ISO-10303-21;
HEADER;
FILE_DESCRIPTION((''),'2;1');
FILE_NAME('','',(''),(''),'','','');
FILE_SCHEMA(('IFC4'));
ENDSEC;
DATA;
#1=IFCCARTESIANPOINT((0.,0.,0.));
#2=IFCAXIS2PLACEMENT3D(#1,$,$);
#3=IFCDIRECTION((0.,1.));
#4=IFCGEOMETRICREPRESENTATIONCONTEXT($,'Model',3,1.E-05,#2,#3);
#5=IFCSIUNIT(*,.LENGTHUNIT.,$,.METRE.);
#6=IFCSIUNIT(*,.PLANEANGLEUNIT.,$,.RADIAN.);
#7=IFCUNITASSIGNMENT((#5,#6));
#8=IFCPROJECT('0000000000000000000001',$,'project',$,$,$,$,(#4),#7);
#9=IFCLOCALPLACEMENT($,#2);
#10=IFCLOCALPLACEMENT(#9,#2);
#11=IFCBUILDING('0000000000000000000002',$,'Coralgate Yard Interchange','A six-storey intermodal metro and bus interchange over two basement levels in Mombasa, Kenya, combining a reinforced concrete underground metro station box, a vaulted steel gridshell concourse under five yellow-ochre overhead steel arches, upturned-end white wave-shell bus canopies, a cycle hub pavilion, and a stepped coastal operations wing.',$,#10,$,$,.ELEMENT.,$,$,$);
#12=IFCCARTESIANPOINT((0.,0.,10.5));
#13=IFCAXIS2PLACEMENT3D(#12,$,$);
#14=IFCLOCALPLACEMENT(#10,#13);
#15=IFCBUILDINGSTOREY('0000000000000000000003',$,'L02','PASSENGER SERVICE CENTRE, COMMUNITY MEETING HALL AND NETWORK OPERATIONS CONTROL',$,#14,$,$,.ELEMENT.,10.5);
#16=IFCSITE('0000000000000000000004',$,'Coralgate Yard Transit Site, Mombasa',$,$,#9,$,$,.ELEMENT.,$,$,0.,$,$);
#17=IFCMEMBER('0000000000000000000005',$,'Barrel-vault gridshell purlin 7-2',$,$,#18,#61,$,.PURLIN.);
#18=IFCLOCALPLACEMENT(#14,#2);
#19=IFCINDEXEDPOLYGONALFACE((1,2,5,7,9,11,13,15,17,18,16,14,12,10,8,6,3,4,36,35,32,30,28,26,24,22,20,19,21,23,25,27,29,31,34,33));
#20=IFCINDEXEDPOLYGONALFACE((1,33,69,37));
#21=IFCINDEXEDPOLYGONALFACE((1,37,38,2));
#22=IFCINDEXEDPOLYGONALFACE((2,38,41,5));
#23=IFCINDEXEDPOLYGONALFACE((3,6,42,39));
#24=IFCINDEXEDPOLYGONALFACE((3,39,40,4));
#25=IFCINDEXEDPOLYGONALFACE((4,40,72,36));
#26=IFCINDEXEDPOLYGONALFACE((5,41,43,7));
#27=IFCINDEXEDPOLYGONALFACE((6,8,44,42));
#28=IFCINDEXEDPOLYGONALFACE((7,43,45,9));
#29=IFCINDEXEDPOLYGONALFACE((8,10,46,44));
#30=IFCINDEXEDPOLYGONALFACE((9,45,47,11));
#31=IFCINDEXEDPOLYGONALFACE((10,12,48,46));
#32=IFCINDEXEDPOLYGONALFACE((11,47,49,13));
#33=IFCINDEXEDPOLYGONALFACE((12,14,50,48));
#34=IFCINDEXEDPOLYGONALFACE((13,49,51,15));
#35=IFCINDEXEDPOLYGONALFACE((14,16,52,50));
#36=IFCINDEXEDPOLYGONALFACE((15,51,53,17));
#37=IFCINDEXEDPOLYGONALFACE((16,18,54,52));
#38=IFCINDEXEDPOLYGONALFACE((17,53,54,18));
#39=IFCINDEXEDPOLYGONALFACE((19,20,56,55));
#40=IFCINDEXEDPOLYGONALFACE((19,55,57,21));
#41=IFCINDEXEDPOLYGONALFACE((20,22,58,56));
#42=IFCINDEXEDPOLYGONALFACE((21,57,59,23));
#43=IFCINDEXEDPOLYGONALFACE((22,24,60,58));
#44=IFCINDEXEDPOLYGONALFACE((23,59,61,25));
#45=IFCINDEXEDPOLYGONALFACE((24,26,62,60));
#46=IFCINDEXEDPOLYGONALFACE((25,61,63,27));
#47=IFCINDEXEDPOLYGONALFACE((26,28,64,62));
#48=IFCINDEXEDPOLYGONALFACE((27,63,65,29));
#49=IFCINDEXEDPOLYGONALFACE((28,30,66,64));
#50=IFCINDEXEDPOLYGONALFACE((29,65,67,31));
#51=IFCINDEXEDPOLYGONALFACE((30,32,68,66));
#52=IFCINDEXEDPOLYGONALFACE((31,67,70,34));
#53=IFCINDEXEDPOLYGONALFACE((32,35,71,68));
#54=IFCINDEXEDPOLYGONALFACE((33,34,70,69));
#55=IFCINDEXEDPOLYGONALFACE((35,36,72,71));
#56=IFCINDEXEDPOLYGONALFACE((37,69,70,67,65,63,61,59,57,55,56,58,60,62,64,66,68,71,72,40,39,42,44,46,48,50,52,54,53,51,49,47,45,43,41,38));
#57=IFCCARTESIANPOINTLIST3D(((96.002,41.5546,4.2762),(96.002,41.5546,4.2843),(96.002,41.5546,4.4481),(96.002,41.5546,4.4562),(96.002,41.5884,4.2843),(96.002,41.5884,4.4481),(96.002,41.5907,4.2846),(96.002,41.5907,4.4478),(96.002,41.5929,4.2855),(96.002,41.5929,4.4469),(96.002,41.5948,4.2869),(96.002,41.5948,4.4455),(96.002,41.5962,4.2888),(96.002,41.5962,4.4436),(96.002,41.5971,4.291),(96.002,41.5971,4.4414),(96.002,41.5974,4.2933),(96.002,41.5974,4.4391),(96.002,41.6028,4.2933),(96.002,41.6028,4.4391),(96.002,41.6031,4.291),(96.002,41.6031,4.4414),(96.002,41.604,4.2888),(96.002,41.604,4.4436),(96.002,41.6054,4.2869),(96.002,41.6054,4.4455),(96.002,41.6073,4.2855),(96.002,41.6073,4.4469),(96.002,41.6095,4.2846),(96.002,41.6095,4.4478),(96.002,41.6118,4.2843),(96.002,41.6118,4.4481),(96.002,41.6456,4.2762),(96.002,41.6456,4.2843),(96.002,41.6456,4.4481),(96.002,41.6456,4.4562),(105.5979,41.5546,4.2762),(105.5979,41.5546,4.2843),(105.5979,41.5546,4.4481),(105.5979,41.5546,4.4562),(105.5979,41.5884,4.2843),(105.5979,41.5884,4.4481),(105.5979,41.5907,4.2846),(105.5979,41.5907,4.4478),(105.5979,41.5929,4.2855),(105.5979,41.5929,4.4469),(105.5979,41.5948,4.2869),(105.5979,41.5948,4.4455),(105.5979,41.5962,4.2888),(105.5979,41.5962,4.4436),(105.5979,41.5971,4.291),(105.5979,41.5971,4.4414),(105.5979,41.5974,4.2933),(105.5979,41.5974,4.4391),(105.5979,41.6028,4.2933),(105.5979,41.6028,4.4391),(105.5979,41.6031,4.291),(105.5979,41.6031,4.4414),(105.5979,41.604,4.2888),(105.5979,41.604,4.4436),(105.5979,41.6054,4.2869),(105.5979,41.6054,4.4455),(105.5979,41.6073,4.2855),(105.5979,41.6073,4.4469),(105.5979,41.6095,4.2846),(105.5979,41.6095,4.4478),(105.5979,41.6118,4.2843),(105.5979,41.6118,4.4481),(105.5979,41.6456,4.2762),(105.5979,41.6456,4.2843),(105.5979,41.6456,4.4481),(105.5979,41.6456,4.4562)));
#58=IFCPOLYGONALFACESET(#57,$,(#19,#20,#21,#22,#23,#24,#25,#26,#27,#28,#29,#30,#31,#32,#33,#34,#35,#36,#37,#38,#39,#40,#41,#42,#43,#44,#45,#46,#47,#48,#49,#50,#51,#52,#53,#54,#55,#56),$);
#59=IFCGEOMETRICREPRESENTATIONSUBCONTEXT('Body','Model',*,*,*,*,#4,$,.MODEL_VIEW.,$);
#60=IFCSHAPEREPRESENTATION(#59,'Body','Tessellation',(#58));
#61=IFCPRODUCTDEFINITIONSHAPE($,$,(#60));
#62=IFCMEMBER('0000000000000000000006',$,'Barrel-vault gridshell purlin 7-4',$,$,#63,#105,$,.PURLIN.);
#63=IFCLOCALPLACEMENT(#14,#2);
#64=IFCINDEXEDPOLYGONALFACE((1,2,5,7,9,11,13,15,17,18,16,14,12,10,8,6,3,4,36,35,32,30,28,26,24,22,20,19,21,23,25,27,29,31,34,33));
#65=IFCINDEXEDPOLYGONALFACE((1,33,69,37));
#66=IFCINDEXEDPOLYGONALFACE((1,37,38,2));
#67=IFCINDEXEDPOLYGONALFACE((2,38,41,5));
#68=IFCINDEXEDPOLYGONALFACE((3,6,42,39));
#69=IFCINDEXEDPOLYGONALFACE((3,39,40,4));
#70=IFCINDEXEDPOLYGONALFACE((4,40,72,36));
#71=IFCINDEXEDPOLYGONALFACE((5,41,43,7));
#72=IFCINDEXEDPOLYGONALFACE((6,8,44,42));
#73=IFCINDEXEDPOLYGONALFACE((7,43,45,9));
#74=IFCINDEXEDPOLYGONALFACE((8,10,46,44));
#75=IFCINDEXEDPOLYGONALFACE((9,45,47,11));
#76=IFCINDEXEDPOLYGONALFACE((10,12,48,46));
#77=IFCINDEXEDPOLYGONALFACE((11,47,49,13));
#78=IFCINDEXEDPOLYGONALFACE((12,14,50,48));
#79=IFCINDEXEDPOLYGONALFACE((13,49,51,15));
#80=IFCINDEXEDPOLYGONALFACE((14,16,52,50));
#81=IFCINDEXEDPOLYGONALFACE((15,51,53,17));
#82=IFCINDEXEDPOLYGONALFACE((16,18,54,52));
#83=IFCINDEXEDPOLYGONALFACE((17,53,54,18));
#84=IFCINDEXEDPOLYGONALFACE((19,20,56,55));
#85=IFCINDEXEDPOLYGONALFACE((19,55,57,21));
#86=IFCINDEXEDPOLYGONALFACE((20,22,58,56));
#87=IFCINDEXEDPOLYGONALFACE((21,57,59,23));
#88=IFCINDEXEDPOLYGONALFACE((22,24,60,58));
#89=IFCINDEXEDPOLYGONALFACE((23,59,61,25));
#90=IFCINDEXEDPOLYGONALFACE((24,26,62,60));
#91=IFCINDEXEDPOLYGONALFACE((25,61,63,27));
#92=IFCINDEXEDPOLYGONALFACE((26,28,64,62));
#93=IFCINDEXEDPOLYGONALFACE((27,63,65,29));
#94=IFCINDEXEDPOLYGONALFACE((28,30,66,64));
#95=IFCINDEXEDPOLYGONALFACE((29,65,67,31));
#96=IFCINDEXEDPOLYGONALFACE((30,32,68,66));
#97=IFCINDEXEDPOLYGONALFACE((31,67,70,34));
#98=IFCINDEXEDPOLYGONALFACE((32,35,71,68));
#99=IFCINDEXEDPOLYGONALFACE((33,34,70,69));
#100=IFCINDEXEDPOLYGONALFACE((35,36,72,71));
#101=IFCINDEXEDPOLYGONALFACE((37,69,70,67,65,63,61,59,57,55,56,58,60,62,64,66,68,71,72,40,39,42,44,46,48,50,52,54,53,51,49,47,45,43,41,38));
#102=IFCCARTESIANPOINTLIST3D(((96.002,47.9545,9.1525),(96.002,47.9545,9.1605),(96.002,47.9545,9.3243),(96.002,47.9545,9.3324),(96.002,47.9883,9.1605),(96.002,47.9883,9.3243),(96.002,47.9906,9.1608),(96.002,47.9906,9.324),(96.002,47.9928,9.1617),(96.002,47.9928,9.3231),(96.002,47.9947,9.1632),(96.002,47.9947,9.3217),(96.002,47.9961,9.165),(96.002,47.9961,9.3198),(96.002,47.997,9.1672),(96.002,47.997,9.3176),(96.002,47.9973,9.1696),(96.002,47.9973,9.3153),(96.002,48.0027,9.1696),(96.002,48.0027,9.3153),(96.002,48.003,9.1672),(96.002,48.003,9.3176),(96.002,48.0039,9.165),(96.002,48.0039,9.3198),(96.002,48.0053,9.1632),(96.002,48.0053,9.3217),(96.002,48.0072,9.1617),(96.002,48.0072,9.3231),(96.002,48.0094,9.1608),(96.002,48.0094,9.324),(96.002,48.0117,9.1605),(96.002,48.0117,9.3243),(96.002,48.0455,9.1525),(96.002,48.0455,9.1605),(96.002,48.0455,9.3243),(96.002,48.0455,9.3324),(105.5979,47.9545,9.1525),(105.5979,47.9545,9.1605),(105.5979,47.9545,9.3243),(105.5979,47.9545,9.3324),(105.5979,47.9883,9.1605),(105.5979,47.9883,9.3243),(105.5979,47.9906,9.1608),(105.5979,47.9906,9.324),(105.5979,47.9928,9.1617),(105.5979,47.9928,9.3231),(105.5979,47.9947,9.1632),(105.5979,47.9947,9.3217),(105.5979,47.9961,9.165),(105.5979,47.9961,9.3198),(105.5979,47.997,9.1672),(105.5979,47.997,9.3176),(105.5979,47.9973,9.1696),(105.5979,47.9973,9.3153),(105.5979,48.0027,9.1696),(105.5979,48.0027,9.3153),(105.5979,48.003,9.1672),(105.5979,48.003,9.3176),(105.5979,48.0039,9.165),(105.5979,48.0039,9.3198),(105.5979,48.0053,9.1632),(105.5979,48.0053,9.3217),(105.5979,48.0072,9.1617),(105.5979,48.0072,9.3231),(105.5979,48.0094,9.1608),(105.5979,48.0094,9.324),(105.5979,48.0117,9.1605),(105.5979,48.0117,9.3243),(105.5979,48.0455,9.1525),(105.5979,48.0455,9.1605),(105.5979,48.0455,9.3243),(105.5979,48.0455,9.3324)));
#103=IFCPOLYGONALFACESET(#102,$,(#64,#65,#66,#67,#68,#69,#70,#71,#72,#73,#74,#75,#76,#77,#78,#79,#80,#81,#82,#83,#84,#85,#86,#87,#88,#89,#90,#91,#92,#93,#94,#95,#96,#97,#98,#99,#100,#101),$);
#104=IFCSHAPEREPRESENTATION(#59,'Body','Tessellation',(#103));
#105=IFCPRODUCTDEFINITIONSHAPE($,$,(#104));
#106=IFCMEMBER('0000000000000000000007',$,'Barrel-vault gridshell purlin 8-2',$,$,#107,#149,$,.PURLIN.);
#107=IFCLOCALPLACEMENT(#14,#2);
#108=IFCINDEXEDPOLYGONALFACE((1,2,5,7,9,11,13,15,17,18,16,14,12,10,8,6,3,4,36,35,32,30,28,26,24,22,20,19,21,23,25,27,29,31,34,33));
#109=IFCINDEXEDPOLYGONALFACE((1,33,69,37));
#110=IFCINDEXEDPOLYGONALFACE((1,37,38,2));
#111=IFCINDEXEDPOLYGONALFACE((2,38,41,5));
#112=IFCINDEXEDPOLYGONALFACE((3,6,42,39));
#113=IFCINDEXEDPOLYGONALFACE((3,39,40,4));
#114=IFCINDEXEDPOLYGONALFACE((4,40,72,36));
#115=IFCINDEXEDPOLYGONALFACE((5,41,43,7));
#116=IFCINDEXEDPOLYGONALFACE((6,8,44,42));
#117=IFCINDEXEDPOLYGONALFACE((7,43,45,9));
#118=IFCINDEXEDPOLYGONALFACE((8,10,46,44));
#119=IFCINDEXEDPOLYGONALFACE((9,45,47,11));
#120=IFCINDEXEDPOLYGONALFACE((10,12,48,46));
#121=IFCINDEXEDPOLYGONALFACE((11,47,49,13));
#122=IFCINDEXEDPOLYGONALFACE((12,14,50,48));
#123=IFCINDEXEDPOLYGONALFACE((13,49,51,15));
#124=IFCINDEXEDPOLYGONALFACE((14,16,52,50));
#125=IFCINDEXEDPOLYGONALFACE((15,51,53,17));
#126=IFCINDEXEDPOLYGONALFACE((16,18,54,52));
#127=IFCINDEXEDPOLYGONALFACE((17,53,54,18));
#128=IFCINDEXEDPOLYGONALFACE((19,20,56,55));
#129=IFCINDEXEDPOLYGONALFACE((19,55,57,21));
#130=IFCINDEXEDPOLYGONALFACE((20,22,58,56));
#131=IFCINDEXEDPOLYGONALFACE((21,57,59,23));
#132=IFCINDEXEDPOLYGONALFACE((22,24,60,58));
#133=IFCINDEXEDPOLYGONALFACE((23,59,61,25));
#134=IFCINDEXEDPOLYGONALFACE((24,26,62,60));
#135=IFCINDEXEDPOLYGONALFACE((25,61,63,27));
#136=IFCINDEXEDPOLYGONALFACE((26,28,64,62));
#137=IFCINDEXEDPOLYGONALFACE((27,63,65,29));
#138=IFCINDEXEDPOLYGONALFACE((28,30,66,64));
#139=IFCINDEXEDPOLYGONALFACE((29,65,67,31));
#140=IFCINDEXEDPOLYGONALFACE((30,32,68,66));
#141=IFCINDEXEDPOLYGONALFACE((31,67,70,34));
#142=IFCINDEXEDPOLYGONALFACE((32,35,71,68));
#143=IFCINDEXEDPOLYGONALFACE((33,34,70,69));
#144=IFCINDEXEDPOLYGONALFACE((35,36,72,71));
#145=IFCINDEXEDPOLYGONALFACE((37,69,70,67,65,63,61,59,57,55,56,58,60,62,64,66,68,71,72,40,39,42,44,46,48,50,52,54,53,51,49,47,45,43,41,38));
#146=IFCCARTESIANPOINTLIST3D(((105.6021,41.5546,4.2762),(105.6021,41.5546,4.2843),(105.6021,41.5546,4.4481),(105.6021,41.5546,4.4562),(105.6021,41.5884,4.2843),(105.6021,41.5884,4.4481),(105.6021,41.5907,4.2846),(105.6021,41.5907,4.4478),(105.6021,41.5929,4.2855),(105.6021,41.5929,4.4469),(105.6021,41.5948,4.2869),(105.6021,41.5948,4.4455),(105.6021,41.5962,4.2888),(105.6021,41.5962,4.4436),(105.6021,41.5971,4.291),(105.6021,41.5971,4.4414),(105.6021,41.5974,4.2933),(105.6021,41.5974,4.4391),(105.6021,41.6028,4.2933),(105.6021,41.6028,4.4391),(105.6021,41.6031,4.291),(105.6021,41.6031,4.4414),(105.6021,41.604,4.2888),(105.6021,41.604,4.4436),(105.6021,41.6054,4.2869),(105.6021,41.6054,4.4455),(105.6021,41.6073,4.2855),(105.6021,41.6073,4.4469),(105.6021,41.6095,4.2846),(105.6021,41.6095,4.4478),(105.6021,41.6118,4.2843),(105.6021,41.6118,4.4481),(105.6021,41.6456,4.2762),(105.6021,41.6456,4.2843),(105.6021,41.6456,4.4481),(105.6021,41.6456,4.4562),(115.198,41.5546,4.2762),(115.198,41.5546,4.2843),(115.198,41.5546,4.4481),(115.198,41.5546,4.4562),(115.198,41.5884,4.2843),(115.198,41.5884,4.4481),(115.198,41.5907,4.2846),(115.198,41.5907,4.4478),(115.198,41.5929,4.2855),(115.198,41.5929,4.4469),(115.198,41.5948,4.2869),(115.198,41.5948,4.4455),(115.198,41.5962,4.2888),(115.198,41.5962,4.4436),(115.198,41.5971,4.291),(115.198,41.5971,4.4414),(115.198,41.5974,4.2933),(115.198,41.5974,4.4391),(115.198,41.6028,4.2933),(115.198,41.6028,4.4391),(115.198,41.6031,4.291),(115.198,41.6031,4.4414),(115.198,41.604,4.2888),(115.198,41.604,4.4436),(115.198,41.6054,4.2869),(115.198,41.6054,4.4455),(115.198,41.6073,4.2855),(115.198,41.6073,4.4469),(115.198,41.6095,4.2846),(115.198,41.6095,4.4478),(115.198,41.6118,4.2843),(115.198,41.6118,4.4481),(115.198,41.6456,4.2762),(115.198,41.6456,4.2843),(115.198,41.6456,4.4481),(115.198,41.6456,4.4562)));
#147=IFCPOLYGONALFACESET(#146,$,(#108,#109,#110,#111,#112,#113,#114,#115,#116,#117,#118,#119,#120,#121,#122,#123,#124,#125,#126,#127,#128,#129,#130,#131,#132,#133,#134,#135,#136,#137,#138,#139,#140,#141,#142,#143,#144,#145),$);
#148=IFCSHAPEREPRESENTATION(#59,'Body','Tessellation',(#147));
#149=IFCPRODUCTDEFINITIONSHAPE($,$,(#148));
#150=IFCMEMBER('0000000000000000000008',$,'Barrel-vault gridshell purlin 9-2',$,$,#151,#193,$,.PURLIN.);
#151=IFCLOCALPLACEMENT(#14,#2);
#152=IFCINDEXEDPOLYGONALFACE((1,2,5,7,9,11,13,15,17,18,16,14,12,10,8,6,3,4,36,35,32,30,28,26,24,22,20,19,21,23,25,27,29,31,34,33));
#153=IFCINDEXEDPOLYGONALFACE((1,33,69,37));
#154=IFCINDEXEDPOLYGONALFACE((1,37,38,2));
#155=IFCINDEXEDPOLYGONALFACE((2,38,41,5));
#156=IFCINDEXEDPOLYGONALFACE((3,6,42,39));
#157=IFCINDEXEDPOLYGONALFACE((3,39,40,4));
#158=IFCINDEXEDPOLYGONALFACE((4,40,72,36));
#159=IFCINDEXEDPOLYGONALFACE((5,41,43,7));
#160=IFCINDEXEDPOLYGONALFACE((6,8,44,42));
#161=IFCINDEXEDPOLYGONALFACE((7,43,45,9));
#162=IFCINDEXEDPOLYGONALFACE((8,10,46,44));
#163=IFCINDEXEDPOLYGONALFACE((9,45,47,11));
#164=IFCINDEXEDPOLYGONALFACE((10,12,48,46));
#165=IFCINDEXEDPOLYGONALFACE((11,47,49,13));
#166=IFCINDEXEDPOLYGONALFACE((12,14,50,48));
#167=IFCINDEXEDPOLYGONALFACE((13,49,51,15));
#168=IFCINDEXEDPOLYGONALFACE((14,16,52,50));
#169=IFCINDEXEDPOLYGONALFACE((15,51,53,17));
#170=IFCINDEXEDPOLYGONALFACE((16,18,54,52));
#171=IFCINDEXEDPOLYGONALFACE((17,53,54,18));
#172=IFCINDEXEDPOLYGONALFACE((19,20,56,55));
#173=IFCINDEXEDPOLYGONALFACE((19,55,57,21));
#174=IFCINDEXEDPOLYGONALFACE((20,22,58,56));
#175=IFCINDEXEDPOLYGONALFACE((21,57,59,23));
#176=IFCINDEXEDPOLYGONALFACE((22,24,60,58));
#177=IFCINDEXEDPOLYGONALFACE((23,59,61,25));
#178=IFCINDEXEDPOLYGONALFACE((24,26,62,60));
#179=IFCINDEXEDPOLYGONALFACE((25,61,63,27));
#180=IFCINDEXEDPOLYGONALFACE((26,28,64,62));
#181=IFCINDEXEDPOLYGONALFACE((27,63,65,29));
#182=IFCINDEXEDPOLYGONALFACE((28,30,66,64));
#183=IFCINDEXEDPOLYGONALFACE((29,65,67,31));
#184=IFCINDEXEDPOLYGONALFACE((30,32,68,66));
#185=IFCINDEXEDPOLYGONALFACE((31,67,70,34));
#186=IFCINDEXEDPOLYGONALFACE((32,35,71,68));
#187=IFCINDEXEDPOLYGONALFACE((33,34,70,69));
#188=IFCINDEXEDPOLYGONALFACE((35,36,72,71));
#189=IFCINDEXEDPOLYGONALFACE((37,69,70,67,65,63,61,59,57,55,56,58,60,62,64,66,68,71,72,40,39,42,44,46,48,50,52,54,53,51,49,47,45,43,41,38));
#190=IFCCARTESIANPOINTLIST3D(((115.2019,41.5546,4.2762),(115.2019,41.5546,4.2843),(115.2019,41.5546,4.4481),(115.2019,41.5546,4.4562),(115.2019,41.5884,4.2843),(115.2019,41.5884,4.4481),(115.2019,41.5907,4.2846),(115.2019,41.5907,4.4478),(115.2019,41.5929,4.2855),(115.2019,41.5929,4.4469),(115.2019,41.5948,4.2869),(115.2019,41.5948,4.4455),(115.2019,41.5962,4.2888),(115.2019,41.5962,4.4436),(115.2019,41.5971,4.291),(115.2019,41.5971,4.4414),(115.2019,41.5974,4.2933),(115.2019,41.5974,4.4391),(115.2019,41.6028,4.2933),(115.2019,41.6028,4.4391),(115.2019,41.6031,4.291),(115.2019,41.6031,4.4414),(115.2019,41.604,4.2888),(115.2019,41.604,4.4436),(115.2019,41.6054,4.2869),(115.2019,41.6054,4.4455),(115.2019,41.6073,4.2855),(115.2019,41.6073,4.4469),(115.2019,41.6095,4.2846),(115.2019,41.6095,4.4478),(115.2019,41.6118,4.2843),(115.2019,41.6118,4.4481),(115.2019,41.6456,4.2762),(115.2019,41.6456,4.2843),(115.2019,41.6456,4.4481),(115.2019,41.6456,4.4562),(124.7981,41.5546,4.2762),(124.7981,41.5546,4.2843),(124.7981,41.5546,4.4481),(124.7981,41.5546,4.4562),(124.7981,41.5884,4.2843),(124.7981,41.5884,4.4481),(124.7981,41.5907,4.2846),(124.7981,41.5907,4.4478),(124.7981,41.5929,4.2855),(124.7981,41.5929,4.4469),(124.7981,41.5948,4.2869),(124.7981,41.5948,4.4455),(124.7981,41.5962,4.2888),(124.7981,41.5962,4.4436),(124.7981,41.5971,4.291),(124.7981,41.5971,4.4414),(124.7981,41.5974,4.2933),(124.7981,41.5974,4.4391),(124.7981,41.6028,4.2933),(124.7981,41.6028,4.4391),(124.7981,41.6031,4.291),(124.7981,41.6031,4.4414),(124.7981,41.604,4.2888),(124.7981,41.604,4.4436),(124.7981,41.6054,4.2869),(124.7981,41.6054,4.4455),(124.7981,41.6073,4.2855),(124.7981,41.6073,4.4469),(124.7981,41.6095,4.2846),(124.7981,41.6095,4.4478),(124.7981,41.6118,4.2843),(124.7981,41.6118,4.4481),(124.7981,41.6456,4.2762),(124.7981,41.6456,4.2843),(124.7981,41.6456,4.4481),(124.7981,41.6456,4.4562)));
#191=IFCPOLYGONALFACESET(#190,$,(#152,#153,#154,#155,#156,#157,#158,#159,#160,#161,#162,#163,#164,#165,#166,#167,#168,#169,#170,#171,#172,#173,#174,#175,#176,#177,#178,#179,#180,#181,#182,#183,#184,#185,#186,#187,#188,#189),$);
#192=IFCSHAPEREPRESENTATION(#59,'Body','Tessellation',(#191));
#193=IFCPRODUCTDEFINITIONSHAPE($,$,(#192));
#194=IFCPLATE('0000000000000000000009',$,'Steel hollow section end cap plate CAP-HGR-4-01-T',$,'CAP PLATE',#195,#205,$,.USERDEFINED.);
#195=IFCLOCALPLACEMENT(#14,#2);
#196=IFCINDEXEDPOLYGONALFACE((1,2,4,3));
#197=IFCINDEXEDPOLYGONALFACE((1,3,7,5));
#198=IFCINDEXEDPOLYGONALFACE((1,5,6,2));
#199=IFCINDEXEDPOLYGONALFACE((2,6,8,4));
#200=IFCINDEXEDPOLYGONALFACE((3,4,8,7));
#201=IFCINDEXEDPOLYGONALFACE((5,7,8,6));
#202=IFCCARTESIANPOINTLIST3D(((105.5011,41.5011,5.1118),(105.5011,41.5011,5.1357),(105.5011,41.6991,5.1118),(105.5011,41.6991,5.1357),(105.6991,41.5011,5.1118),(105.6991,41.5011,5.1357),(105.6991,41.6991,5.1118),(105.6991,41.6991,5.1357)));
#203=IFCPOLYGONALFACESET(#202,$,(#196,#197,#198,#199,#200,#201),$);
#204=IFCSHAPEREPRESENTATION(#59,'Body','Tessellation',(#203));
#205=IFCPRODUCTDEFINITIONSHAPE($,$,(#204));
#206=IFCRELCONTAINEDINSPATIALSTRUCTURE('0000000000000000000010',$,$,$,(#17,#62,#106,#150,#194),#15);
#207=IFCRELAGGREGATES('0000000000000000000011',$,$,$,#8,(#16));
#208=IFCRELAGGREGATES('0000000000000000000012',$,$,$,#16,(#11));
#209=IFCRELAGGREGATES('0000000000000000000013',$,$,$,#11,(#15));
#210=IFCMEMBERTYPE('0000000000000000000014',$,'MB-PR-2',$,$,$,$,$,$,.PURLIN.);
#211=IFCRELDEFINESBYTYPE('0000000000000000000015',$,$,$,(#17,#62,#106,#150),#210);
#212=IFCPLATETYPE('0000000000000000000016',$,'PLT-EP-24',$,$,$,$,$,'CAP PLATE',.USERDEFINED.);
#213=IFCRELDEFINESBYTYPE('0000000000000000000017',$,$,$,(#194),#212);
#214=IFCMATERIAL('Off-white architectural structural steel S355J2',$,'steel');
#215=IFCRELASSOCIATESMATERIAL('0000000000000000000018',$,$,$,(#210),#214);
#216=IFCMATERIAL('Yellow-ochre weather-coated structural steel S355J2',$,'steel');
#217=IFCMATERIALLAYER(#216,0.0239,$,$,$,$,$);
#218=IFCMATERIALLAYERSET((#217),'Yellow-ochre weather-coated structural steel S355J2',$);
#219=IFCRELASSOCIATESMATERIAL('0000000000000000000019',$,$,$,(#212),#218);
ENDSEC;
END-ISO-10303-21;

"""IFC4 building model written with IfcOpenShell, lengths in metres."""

from ifc_helpers import new_model, si_unit, direction, frame, origin, origin_2d, place, context, subcontext, project, spatial, rectangle, i_section, extrude, material, layer, layer_set, material_profile, profile_set, type_object, element, save


model = new_model("IFC4")

# Units and contexts
model_context = context("Model", 3, precision=1e-05, world=origin(), true_north=direction((0.0, 1.0)))
body_context = subcontext(model_context, "Body", "Model", "MODEL_VIEW")
ifc_project = project(units=[si_unit("LENGTHUNIT", "METRE"), si_unit("PLANEANGLEUNIT", "RADIAN")], contexts=[model_context])

# Site, building, storey
site_placement = place(None, origin())
site = spatial("IfcSite", under=ifc_project, at=site_placement, Name="Coralgate Yard Transit Site, Mombasa", CompositionType="ELEMENT", RefElevation=0.0)
building_placement = place(site_placement, origin())
building = spatial("IfcBuilding", under=site, at=building_placement, Name="Coralgate Yard Interchange", Description="A six-storey intermodal metro and bus interchange over two basement levels in Mombasa, Kenya, combining a reinforced concrete underground metro station box, a vaulted steel gridshell concourse under five yellow-ochre overhead steel arches, upturned-end white wave-shell bus canopies, a cycle hub pavilion, and a stepped coastal operations wing.", CompositionType="ELEMENT")
storey_placement = place(building_placement, frame((0.0, 0.0, 10.5)))
storey = spatial("IfcBuildingStorey", under=building, at=storey_placement, Name="L02", Description="PASSENGER SERVICE CENTRE, COMMUNITY MEETING HALL AND NETWORK OPERATIONS CONTROL", CompositionType="ELEMENT", Elevation=10.5)

# Shared definitions
ifc_material_1 = material(Name="Yellow-ochre weather-coated structural steel S355J2", Category="steel")

# Members
ifc_material_2 = material(Name="Off-white architectural structural steel S355J2", Category="steel")
ifc_material_profile_1 = material_profile(ifc_material_2, i_section(OverallWidth=0.0911, OverallDepth=0.1799, WebThickness=0.0054, FlangeThickness=0.0081, FilletRadius=0.009, at=origin_2d()), Name="IPE 180")
ifc_profile_set_1 = profile_set([ifc_material_profile_1], Name="Off-white architectural structural steel S355J2")
member_type_1 = type_object("IfcMemberType", Name="MB-PR-2", PredefinedType="PURLIN", material=ifc_profile_set_1)
for number, where, z_axis, x_axis, name in (
    (1, (96.002, 41.6001, 4.3662), (1.0, 0.0, 0.0), (0.0, 1.0, 0.0), "Barrel-vault gridshell purlin 7-2"),
    (2, (96.002, 48.0, 9.2424), (1.0, 0.0, 0.0), (0.0, 1.0, 0.0), "Barrel-vault gridshell purlin 7-4"),
    (3, (105.6021, 41.6001, 4.3662), (1.0, 0.0, 0.0), (0.0, 1.0, 0.0), "Barrel-vault gridshell purlin 8-2"),
):
    element("IfcMember", number, at=place(storey_placement, frame(where, z_axis=z_axis, x_axis=x_axis)), inside=storey, type_object=member_type_1, Name=name, PredefinedType="PURLIN", context=body_context, shape_type="SweptSolid", body=[
        extrude(i_section(OverallWidth=0.0911, OverallDepth=0.1799, WebThickness=0.0054, FlangeThickness=0.0081, FilletRadius=0.009, at=origin_2d()), origin(), (0.0, 0.0, 1.0), 9.5959),
    ])
member_1_placement = place(storey_placement, frame((115.2019, 41.6001, 4.3662), z_axis=(1.0, 0.0, 0.0), x_axis=(0.0, 1.0, 0.0)))
element("IfcMember", 4, at=member_1_placement, inside=storey, type_object=member_type_1, Name="Barrel-vault gridshell purlin 9-2", PredefinedType="PURLIN", context=body_context, shape_type="SweptSolid", body=[
    extrude(i_section(OverallWidth=0.0911, OverallDepth=0.1799, WebThickness=0.0054, FlangeThickness=0.0081, FilletRadius=0.009, at=origin_2d()), origin(), (0.0, 0.0, 1.0), 9.5962),
])

# Plate
ifc_layer_1 = layer(ifc_material_1, 0.0239)
ifc_layer_set_1 = layer_set([ifc_layer_1], Name="Yellow-ochre weather-coated structural steel S355J2")
plate_type = type_object("IfcPlateType", Name="PLT-EP-24", ElementType="CAP PLATE", PredefinedType="USERDEFINED", material=ifc_layer_set_1)
for number, where, z_axis, x_axis, name in (
    (5, (105.6001, 41.6001, 5.1118), (0.0, 0.0, 1.0), (1.0, 0.0, 0.0), "Steel hollow section end cap plate CAP-HGR-4-01-T"),
):
    element("IfcPlate", number, at=place(storey_placement, frame(where, z_axis=z_axis, x_axis=x_axis)), inside=storey, type_object=plate_type, Name=name, ObjectType="CAP PLATE", PredefinedType="USERDEFINED", context=body_context, shape_type="SweptSolid", body=[
        extrude(rectangle(XDim=0.198, YDim=0.198, at=origin_2d()), origin(), (0.0, 0.0, 1.0), 0.0239),
    ])

save(model, "model.ifc")
